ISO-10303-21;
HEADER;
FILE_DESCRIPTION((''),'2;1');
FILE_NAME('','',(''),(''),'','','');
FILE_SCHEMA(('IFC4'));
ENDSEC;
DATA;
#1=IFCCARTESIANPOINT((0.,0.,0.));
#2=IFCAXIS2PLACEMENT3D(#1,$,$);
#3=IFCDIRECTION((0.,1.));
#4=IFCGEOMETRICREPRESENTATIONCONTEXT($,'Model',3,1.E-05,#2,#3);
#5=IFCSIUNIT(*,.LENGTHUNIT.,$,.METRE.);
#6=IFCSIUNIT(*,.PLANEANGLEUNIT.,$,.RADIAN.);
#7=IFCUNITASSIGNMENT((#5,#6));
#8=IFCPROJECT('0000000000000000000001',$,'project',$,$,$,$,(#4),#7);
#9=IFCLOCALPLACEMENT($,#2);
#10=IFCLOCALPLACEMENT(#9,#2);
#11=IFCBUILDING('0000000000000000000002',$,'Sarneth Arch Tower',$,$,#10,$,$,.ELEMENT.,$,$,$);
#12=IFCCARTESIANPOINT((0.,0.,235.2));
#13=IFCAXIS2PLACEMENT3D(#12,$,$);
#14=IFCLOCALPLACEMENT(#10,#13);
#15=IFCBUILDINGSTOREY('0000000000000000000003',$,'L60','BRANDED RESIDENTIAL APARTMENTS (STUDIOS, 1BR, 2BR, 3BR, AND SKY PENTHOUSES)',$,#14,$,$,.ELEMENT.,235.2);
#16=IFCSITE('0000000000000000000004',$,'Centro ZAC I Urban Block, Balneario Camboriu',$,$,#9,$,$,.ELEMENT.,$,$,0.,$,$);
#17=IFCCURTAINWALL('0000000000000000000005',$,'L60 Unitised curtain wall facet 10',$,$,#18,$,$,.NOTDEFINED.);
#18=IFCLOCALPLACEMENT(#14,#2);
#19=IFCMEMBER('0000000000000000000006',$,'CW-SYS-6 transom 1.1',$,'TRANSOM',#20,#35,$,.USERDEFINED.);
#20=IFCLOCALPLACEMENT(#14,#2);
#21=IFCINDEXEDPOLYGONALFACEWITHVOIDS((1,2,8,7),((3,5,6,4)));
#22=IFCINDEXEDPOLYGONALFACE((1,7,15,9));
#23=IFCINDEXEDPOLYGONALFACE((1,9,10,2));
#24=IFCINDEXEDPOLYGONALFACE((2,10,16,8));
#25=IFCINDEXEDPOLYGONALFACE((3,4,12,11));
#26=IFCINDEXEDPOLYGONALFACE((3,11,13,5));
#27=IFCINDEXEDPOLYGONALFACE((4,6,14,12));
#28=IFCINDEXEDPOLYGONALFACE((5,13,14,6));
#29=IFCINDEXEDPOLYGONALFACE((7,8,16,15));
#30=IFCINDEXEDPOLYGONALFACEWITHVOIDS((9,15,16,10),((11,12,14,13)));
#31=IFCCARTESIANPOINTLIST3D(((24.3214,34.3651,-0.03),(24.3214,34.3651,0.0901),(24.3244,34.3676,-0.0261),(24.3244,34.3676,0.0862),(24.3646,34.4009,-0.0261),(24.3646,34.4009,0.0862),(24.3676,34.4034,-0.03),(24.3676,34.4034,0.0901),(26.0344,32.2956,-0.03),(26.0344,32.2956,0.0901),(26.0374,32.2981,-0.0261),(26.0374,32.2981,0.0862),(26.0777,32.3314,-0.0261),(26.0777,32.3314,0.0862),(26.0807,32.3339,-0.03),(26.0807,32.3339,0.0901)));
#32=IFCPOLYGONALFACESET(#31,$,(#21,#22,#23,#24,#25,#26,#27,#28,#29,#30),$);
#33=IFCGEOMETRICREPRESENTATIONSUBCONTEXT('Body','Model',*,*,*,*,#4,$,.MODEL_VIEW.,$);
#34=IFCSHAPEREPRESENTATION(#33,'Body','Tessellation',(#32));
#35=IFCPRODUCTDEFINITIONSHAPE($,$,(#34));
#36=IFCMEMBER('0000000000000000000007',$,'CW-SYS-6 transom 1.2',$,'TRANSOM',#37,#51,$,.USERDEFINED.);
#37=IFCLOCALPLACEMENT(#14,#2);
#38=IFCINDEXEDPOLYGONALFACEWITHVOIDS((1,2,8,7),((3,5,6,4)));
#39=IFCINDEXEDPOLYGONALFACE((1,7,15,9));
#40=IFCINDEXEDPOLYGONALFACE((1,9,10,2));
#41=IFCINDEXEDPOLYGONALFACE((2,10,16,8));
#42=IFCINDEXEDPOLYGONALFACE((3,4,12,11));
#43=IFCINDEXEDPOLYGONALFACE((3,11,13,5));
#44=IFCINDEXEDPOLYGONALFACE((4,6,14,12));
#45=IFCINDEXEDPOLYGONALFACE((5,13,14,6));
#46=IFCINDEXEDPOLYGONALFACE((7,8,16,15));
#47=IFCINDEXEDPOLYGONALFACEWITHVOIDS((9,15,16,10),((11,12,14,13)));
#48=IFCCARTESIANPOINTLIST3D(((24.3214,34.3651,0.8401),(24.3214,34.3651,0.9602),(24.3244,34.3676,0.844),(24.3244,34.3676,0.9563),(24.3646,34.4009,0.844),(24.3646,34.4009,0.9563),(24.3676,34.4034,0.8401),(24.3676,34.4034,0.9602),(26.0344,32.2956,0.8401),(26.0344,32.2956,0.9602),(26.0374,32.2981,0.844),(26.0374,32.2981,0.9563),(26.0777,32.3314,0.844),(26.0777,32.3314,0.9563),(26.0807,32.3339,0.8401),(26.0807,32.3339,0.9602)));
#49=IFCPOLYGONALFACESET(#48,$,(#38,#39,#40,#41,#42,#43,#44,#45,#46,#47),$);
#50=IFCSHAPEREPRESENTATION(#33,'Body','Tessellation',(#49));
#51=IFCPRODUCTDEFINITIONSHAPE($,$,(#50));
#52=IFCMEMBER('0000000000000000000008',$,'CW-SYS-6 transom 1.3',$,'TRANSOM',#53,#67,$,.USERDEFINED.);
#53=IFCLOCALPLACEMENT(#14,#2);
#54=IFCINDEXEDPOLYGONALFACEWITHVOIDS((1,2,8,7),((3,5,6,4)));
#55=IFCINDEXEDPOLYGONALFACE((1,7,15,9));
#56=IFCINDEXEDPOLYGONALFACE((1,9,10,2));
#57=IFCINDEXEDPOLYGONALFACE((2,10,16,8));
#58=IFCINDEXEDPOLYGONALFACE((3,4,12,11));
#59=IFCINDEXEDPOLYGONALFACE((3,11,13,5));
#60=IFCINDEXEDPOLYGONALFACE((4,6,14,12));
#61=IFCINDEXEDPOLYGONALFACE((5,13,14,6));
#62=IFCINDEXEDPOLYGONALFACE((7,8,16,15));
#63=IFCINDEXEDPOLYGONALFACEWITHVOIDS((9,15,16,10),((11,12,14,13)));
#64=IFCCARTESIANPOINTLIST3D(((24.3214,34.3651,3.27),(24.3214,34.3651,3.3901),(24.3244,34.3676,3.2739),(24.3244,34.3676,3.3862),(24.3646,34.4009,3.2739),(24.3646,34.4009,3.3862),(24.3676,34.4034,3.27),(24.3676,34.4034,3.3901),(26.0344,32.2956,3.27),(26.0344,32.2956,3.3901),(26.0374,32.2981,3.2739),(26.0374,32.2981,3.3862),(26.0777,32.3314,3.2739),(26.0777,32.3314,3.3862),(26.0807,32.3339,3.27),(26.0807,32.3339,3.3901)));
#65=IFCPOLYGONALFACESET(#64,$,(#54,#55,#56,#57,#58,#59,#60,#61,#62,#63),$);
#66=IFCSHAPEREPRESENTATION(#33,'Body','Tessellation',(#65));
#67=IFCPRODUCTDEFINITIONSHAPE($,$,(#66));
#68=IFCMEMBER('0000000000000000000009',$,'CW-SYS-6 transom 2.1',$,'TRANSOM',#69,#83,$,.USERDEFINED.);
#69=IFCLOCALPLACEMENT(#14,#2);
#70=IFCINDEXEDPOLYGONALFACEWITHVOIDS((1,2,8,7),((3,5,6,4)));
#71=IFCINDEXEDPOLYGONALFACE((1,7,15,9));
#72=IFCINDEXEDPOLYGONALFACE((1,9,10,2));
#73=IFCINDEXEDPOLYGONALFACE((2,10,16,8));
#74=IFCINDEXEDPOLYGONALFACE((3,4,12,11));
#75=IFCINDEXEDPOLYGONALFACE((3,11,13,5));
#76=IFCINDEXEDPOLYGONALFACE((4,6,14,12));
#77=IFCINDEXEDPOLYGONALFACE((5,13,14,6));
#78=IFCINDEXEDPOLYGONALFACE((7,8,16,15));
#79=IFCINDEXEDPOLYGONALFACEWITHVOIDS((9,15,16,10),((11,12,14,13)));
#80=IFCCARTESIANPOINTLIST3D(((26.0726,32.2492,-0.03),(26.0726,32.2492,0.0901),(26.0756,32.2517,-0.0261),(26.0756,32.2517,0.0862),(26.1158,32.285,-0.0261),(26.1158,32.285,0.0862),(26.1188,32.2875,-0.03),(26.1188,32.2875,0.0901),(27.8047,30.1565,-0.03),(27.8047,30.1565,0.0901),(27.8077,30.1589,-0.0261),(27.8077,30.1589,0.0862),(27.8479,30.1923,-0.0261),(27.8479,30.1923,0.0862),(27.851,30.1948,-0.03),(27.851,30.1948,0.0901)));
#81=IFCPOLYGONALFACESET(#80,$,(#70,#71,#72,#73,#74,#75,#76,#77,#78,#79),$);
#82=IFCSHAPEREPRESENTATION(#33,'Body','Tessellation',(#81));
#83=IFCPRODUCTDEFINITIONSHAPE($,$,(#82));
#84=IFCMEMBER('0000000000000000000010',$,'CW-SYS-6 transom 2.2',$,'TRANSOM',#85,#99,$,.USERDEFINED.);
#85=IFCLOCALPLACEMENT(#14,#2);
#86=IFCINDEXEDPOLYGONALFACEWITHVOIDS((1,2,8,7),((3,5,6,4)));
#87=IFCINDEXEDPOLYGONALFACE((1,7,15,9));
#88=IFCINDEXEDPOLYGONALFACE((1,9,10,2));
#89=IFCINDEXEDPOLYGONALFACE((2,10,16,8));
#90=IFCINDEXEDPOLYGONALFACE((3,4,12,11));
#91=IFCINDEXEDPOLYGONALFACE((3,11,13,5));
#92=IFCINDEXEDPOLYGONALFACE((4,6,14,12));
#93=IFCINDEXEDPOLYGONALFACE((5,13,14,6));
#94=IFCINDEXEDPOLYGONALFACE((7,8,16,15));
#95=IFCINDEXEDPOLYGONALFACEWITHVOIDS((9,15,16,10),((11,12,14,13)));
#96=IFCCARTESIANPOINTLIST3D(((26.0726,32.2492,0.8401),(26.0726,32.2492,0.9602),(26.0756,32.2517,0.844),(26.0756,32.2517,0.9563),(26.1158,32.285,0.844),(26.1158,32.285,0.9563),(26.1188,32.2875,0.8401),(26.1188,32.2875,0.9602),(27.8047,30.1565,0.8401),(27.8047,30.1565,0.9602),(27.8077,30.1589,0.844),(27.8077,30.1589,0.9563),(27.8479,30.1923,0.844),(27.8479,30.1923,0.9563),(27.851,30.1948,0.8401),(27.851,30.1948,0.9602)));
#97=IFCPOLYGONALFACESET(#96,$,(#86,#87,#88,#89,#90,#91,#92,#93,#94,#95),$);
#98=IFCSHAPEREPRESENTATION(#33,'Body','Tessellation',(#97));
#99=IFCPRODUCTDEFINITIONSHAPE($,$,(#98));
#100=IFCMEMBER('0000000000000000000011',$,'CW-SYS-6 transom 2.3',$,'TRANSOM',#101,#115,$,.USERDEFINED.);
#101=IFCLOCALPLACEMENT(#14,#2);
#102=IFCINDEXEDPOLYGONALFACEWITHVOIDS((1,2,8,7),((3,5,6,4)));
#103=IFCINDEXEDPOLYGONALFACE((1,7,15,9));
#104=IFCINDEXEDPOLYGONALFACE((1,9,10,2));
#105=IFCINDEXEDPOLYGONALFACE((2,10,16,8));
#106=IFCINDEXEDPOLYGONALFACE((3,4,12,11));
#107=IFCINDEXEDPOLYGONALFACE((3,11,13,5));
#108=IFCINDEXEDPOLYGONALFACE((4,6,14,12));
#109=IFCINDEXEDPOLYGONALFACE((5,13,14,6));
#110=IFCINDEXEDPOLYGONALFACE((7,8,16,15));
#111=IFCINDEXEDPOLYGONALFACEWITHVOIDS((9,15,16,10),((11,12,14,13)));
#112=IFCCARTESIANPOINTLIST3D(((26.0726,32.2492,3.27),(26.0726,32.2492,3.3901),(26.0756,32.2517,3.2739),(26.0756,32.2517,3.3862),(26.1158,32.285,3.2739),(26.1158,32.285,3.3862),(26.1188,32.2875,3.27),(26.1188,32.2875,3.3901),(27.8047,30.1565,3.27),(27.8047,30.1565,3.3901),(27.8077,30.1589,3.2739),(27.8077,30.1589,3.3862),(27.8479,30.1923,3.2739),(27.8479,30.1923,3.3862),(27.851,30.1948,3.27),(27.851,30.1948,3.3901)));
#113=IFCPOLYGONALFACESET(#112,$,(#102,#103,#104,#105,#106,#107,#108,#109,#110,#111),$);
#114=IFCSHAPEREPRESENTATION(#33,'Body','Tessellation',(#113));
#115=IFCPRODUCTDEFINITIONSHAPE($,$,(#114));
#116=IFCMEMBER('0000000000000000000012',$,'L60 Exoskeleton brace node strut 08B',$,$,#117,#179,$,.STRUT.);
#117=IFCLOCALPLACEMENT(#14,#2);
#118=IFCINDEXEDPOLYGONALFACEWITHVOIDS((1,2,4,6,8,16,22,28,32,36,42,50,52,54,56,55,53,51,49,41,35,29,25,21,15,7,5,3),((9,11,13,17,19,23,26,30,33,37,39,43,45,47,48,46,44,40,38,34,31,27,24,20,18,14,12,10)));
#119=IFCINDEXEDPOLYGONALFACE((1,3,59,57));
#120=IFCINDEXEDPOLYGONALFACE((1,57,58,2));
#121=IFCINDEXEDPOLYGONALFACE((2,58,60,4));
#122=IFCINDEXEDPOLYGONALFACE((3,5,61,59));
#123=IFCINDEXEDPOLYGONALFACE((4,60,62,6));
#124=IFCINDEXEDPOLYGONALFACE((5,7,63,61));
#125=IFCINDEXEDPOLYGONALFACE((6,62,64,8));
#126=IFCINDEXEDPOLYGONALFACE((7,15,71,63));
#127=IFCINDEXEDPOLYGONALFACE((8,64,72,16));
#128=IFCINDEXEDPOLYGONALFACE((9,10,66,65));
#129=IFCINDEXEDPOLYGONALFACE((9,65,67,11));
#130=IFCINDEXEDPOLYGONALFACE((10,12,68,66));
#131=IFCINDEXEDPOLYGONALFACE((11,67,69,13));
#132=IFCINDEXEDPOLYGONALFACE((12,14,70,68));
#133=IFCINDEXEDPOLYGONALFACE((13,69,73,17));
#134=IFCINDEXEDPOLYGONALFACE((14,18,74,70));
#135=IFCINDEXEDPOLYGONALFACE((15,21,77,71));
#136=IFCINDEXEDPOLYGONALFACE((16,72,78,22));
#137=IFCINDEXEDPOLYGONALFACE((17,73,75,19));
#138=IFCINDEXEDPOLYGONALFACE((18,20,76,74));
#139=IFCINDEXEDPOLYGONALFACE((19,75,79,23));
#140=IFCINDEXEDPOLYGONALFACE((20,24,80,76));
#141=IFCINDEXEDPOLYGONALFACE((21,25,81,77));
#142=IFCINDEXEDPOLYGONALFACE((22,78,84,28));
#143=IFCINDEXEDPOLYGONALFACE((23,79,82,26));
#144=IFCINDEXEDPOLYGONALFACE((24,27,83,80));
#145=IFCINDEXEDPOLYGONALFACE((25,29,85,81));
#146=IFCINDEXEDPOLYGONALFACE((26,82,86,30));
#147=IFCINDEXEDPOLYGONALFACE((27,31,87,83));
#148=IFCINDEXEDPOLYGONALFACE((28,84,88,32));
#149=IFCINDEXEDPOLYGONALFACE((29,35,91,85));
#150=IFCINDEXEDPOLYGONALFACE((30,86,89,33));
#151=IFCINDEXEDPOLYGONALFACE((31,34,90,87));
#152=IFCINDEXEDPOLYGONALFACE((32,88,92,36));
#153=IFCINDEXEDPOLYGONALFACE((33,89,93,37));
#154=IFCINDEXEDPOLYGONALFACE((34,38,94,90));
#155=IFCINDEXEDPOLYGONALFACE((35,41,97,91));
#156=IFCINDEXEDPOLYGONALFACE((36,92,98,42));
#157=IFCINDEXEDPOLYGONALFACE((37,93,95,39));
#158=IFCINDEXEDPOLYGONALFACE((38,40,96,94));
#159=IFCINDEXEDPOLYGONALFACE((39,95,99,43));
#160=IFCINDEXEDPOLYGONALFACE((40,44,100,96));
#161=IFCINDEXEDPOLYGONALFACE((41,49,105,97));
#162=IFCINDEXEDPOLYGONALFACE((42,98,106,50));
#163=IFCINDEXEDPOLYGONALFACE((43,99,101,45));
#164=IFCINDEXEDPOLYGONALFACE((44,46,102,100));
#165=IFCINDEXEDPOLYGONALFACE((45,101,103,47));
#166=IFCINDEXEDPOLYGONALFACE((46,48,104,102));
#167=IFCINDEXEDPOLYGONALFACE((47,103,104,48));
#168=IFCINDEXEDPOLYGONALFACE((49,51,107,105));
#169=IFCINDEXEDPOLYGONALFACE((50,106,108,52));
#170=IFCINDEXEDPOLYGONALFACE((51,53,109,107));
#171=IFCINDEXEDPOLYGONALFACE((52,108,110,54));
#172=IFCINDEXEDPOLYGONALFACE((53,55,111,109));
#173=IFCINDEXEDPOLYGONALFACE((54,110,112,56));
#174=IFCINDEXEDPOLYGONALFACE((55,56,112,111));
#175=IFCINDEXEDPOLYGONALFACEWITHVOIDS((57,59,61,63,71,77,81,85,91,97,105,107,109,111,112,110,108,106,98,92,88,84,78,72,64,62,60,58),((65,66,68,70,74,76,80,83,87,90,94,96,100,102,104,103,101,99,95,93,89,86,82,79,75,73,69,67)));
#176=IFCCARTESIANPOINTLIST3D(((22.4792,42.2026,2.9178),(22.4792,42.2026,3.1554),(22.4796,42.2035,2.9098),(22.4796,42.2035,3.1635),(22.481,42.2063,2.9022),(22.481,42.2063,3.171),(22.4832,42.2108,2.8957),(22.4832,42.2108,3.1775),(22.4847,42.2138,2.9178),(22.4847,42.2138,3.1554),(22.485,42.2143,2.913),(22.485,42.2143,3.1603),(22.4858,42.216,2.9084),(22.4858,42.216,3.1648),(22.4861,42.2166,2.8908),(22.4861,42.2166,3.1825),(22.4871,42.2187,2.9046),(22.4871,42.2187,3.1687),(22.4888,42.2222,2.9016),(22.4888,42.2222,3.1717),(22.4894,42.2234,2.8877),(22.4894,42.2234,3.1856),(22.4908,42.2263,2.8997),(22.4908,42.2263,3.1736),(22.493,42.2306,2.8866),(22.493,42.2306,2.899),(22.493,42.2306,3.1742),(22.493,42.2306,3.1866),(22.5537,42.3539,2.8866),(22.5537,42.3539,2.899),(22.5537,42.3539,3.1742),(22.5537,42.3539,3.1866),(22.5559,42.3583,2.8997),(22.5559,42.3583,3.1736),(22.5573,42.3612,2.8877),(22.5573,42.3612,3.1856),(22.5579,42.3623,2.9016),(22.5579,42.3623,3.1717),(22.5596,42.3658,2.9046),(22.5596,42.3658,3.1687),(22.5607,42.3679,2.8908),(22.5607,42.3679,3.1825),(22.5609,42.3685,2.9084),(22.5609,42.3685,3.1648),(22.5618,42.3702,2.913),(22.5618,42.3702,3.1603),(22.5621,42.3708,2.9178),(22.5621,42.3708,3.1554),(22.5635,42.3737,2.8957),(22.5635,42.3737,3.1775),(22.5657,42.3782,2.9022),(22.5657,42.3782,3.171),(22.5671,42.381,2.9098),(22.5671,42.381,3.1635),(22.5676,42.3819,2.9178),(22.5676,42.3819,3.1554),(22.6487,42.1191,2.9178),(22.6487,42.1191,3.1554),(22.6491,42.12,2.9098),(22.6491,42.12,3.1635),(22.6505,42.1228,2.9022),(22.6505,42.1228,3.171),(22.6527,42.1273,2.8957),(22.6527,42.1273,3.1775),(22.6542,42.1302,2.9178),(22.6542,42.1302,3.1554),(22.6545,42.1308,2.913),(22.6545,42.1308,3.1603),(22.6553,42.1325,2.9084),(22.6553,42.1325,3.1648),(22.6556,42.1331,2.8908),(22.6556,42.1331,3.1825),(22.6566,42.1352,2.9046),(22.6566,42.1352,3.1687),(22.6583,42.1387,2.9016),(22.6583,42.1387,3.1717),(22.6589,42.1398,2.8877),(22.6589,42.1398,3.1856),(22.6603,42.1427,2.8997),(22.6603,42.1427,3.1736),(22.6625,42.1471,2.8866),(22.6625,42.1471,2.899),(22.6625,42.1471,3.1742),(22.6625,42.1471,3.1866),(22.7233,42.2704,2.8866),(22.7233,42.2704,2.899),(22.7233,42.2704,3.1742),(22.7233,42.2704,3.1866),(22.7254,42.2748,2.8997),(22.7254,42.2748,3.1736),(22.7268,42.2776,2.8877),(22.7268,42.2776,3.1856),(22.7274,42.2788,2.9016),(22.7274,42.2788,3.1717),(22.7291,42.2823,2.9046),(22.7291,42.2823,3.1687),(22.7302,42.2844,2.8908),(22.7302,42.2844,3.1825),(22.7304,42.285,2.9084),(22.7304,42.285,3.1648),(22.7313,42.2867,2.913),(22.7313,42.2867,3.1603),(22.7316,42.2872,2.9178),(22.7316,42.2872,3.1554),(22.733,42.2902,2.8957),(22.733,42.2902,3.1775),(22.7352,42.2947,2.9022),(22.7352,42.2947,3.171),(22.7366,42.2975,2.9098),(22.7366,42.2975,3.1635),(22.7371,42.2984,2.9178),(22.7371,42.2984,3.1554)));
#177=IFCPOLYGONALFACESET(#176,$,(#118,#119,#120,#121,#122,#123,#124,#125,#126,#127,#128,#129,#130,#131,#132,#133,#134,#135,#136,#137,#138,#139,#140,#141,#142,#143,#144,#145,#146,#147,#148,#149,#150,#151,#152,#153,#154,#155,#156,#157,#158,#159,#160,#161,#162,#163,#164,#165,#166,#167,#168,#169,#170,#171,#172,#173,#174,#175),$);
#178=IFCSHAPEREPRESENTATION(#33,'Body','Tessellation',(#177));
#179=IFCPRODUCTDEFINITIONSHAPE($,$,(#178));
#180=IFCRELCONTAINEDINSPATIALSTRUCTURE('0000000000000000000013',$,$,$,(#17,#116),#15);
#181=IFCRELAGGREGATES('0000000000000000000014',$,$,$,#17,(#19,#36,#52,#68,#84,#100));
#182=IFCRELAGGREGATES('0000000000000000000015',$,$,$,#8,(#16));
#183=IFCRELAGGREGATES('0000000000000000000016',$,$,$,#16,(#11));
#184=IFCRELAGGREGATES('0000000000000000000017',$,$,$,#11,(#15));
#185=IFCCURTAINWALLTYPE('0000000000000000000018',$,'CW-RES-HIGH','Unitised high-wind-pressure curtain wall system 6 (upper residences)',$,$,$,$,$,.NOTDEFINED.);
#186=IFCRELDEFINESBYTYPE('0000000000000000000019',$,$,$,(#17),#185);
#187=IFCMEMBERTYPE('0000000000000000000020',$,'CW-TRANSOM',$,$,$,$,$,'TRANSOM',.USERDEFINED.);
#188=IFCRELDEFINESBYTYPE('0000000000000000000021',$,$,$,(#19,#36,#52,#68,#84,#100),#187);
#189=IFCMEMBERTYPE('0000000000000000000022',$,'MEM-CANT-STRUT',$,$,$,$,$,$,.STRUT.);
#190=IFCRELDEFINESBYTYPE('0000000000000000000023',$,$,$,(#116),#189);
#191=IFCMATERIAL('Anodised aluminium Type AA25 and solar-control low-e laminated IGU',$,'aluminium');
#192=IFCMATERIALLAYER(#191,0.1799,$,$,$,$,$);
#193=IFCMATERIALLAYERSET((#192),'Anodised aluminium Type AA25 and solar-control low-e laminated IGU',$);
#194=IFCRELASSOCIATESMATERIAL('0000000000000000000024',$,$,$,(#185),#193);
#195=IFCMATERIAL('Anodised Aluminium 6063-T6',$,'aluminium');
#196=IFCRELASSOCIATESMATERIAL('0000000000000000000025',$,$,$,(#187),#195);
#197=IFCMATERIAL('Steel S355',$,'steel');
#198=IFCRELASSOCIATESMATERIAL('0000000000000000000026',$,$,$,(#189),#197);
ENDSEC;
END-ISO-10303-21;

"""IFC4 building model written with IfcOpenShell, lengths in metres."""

from ifc_helpers import new_model, si_unit, direction, frame, origin, origin_2d, place, context, subcontext, project, spatial, hollow_rectangle, extrude, material, layer, layer_set, material_profile, profile_set, type_object, element, aggregate, save


model = new_model("IFC4")

# Units and contexts
model_context = context("Model", 3, precision=1e-05, world=origin(), true_north=direction((0.0, 1.0)))
body_context = subcontext(model_context, "Body", "Model", "MODEL_VIEW")
ifc_project = project(units=[si_unit("LENGTHUNIT", "METRE"), si_unit("PLANEANGLEUNIT", "RADIAN")], contexts=[model_context])

# Site, building, storey
site_placement = place(None, origin())
site = spatial("IfcSite", under=ifc_project, at=site_placement, Name="Centro ZAC I Urban Block, Balneario Camboriu", CompositionType="ELEMENT", RefElevation=0.0)
building_placement = place(site_placement, origin())
building = spatial("IfcBuilding", under=site, at=building_placement, Name="Sarneth Arch Tower", CompositionType="ELEMENT")
storey_placement = place(building_placement, frame((0.0, 0.0, 235.2)))
storey = spatial("IfcBuildingStorey", under=building, at=storey_placement, Name="L60", Description="BRANDED RESIDENTIAL APARTMENTS (STUDIOS, 1BR, 2BR, 3BR, AND SKY PENTHOUSES)", CompositionType="ELEMENT", Elevation=235.2)

# Curtain wall, members
ifc_material_1 = material(Name="Anodised aluminium Type AA25 and solar-control low-e laminated IGU", Category="aluminium")
ifc_layer_1 = layer(ifc_material_1, 0.1799)
ifc_layer_set_1 = layer_set([ifc_layer_1], Name="Anodised aluminium Type AA25 and solar-control low-e laminated IGU")
curtain_wall_type = type_object("IfcCurtainWallType", Name="CW-RES-HIGH", Description="Unitised high-wind-pressure curtain wall system 6 (upper residences)", PredefinedType="NOTDEFINED", material=ifc_layer_set_1)
curtain_wall_placement = place(storey_placement, origin())
curtain_wall = element("IfcCurtainWall", 1, at=curtain_wall_placement, inside=storey, type_object=curtain_wall_type, Name="L60 Unitised curtain wall facet 10", PredefinedType="NOTDEFINED")
ifc_material_2 = material(Name="Anodised Aluminium 6063-T6", Category="aluminium")
ifc_material_profile_1 = material_profile(ifc_material_2, hollow_rectangle(XDim=0.0601, YDim=0.1201, WallThickness=0.0039, at=origin_2d()), Name="AL-TRAN-120x60x4")
ifc_profile_set_1 = profile_set([ifc_material_profile_1], Name="Anodised Aluminium 6063-T6")
member_type_1 = type_object("IfcMemberType", Name="CW-TRANSOM", ElementType="TRANSOM", PredefinedType="USERDEFINED", material=ifc_profile_set_1)
member_1_placement = place(storey_placement, frame((24.3445, 34.3843, 0.03), z_axis=(0.637651, -0.770325, 0.0), x_axis=(0.770325, 0.637651, 0.0)))
member_1 = element("IfcMember", 2, at=member_1_placement, type_object=member_type_1, Name="CW-SYS-6 transom 1.1", ObjectType="TRANSOM", PredefinedType="USERDEFINED", context=body_context, shape_type="SweptSolid", body=[
    extrude(hollow_rectangle(XDim=0.0601, YDim=0.1201, WallThickness=0.0039, at=origin_2d()), origin(), (0.0, 0.0, 1.0), 2.6865),
])
member_2_placement = place(storey_placement, frame((24.3445, 34.3843, 0.9001), z_axis=(0.637651, -0.770325, 0.0), x_axis=(0.770325, 0.637651, 0.0)))
member_2 = element("IfcMember", 3, at=member_2_placement, type_object=member_type_1, Name="CW-SYS-6 transom 1.2", ObjectType="TRANSOM", PredefinedType="USERDEFINED", context=body_context, shape_type="SweptSolid", body=[
    extrude(hollow_rectangle(XDim=0.0601, YDim=0.1201, WallThickness=0.0039, at=origin_2d()), origin(), (0.0, 0.0, 1.0), 2.6865),
])
member_3_placement = place(storey_placement, frame((24.3445, 34.3843, 3.3301), z_axis=(0.637651, -0.770325, 0.0), x_axis=(0.770325, 0.637651, 0.0)))
member_3 = element("IfcMember", 4, at=member_3_placement, type_object=member_type_1, Name="CW-SYS-6 transom 1.3", ObjectType="TRANSOM", PredefinedType="USERDEFINED", context=body_context, shape_type="SweptSolid", body=[
    extrude(hollow_rectangle(XDim=0.0601, YDim=0.1201, WallThickness=0.0039, at=origin_2d()), origin(), (0.0, 0.0, 1.0), 2.6865),
])
member_4_placement = place(storey_placement, frame((26.0957, 32.2683, 0.03), z_axis=(0.637617, -0.770353, 0.0), x_axis=(0.770353, 0.637617, 0.0)))
member_4 = element("IfcMember", 5, at=member_4_placement, type_object=member_type_1, Name="CW-SYS-6 transom 2.1", ObjectType="TRANSOM", PredefinedType="USERDEFINED", context=body_context, shape_type="SweptSolid", body=[
    extrude(hollow_rectangle(XDim=0.0601, YDim=0.1201, WallThickness=0.0039, at=origin_2d()), origin(), (0.0, 0.0, 1.0), 2.7166),
])
member_5_placement = place(storey_placement, frame((26.0957, 32.2683, 0.9001), z_axis=(0.637617, -0.770353, 0.0), x_axis=(0.770353, 0.637617, 0.0)))
member_5 = element("IfcMember", 6, at=member_5_placement, type_object=member_type_1, Name="CW-SYS-6 transom 2.2", ObjectType="TRANSOM", PredefinedType="USERDEFINED", context=body_context, shape_type="SweptSolid", body=[
    extrude(hollow_rectangle(XDim=0.0601, YDim=0.1201, WallThickness=0.0039, at=origin_2d()), origin(), (0.0, 0.0, 1.0), 2.7166),
])
member_6_placement = place(storey_placement, frame((26.0957, 32.2683, 3.3301), z_axis=(0.637617, -0.770353, 0.0), x_axis=(0.770353, 0.637617, 0.0)))
member_6 = element("IfcMember", 7, at=member_6_placement, type_object=member_type_1, Name="CW-SYS-6 transom 2.3", ObjectType="TRANSOM", PredefinedType="USERDEFINED", context=body_context, shape_type="SweptSolid", body=[
    extrude(hollow_rectangle(XDim=0.0601, YDim=0.1201, WallThickness=0.0039, at=origin_2d()), origin(), (0.0, 0.0, 1.0), 2.7166),
])

# Member
ifc_material_3 = material(Name="Steel S355", Category="steel")
ifc_material_profile_2 = material_profile(ifc_material_3, hollow_rectangle(XDim=0.2, YDim=0.3, WallThickness=0.0125, InnerFilletRadius=0.0188, OuterFilletRadius=0.0312, at=origin_2d()), Name="RHS300x200x12.5")
ifc_profile_set_2 = profile_set([ifc_material_profile_2], Name="Steel S355")
member_type_2 = type_object("IfcMemberType", Name="MEM-CANT-STRUT", PredefinedType="STRUT", material=ifc_profile_set_2)
member_7_placement = place(storey_placement, frame((22.6929, 42.2087, 3.0366), z_axis=(-0.896997, 0.442036, 0.0), x_axis=(-0.442036, -0.896997, 0.0)))
element("IfcMember", 8, at=member_7_placement, inside=storey, type_object=member_type_2, Name="L60 Exoskeleton brace node strut 08B", PredefinedType="STRUT", context=body_context, shape_type="SweptSolid", body=[
    extrude(hollow_rectangle(XDim=0.2, YDim=0.3, WallThickness=0.0125, InnerFilletRadius=0.0188, OuterFilletRadius=0.0312, at=origin_2d()), origin(), (0.0, 0.0, 1.0), 0.189),
])

aggregate(curtain_wall, [member_1, member_2, member_3, member_4, member_5, member_6])

save(model, "model.ifc")
